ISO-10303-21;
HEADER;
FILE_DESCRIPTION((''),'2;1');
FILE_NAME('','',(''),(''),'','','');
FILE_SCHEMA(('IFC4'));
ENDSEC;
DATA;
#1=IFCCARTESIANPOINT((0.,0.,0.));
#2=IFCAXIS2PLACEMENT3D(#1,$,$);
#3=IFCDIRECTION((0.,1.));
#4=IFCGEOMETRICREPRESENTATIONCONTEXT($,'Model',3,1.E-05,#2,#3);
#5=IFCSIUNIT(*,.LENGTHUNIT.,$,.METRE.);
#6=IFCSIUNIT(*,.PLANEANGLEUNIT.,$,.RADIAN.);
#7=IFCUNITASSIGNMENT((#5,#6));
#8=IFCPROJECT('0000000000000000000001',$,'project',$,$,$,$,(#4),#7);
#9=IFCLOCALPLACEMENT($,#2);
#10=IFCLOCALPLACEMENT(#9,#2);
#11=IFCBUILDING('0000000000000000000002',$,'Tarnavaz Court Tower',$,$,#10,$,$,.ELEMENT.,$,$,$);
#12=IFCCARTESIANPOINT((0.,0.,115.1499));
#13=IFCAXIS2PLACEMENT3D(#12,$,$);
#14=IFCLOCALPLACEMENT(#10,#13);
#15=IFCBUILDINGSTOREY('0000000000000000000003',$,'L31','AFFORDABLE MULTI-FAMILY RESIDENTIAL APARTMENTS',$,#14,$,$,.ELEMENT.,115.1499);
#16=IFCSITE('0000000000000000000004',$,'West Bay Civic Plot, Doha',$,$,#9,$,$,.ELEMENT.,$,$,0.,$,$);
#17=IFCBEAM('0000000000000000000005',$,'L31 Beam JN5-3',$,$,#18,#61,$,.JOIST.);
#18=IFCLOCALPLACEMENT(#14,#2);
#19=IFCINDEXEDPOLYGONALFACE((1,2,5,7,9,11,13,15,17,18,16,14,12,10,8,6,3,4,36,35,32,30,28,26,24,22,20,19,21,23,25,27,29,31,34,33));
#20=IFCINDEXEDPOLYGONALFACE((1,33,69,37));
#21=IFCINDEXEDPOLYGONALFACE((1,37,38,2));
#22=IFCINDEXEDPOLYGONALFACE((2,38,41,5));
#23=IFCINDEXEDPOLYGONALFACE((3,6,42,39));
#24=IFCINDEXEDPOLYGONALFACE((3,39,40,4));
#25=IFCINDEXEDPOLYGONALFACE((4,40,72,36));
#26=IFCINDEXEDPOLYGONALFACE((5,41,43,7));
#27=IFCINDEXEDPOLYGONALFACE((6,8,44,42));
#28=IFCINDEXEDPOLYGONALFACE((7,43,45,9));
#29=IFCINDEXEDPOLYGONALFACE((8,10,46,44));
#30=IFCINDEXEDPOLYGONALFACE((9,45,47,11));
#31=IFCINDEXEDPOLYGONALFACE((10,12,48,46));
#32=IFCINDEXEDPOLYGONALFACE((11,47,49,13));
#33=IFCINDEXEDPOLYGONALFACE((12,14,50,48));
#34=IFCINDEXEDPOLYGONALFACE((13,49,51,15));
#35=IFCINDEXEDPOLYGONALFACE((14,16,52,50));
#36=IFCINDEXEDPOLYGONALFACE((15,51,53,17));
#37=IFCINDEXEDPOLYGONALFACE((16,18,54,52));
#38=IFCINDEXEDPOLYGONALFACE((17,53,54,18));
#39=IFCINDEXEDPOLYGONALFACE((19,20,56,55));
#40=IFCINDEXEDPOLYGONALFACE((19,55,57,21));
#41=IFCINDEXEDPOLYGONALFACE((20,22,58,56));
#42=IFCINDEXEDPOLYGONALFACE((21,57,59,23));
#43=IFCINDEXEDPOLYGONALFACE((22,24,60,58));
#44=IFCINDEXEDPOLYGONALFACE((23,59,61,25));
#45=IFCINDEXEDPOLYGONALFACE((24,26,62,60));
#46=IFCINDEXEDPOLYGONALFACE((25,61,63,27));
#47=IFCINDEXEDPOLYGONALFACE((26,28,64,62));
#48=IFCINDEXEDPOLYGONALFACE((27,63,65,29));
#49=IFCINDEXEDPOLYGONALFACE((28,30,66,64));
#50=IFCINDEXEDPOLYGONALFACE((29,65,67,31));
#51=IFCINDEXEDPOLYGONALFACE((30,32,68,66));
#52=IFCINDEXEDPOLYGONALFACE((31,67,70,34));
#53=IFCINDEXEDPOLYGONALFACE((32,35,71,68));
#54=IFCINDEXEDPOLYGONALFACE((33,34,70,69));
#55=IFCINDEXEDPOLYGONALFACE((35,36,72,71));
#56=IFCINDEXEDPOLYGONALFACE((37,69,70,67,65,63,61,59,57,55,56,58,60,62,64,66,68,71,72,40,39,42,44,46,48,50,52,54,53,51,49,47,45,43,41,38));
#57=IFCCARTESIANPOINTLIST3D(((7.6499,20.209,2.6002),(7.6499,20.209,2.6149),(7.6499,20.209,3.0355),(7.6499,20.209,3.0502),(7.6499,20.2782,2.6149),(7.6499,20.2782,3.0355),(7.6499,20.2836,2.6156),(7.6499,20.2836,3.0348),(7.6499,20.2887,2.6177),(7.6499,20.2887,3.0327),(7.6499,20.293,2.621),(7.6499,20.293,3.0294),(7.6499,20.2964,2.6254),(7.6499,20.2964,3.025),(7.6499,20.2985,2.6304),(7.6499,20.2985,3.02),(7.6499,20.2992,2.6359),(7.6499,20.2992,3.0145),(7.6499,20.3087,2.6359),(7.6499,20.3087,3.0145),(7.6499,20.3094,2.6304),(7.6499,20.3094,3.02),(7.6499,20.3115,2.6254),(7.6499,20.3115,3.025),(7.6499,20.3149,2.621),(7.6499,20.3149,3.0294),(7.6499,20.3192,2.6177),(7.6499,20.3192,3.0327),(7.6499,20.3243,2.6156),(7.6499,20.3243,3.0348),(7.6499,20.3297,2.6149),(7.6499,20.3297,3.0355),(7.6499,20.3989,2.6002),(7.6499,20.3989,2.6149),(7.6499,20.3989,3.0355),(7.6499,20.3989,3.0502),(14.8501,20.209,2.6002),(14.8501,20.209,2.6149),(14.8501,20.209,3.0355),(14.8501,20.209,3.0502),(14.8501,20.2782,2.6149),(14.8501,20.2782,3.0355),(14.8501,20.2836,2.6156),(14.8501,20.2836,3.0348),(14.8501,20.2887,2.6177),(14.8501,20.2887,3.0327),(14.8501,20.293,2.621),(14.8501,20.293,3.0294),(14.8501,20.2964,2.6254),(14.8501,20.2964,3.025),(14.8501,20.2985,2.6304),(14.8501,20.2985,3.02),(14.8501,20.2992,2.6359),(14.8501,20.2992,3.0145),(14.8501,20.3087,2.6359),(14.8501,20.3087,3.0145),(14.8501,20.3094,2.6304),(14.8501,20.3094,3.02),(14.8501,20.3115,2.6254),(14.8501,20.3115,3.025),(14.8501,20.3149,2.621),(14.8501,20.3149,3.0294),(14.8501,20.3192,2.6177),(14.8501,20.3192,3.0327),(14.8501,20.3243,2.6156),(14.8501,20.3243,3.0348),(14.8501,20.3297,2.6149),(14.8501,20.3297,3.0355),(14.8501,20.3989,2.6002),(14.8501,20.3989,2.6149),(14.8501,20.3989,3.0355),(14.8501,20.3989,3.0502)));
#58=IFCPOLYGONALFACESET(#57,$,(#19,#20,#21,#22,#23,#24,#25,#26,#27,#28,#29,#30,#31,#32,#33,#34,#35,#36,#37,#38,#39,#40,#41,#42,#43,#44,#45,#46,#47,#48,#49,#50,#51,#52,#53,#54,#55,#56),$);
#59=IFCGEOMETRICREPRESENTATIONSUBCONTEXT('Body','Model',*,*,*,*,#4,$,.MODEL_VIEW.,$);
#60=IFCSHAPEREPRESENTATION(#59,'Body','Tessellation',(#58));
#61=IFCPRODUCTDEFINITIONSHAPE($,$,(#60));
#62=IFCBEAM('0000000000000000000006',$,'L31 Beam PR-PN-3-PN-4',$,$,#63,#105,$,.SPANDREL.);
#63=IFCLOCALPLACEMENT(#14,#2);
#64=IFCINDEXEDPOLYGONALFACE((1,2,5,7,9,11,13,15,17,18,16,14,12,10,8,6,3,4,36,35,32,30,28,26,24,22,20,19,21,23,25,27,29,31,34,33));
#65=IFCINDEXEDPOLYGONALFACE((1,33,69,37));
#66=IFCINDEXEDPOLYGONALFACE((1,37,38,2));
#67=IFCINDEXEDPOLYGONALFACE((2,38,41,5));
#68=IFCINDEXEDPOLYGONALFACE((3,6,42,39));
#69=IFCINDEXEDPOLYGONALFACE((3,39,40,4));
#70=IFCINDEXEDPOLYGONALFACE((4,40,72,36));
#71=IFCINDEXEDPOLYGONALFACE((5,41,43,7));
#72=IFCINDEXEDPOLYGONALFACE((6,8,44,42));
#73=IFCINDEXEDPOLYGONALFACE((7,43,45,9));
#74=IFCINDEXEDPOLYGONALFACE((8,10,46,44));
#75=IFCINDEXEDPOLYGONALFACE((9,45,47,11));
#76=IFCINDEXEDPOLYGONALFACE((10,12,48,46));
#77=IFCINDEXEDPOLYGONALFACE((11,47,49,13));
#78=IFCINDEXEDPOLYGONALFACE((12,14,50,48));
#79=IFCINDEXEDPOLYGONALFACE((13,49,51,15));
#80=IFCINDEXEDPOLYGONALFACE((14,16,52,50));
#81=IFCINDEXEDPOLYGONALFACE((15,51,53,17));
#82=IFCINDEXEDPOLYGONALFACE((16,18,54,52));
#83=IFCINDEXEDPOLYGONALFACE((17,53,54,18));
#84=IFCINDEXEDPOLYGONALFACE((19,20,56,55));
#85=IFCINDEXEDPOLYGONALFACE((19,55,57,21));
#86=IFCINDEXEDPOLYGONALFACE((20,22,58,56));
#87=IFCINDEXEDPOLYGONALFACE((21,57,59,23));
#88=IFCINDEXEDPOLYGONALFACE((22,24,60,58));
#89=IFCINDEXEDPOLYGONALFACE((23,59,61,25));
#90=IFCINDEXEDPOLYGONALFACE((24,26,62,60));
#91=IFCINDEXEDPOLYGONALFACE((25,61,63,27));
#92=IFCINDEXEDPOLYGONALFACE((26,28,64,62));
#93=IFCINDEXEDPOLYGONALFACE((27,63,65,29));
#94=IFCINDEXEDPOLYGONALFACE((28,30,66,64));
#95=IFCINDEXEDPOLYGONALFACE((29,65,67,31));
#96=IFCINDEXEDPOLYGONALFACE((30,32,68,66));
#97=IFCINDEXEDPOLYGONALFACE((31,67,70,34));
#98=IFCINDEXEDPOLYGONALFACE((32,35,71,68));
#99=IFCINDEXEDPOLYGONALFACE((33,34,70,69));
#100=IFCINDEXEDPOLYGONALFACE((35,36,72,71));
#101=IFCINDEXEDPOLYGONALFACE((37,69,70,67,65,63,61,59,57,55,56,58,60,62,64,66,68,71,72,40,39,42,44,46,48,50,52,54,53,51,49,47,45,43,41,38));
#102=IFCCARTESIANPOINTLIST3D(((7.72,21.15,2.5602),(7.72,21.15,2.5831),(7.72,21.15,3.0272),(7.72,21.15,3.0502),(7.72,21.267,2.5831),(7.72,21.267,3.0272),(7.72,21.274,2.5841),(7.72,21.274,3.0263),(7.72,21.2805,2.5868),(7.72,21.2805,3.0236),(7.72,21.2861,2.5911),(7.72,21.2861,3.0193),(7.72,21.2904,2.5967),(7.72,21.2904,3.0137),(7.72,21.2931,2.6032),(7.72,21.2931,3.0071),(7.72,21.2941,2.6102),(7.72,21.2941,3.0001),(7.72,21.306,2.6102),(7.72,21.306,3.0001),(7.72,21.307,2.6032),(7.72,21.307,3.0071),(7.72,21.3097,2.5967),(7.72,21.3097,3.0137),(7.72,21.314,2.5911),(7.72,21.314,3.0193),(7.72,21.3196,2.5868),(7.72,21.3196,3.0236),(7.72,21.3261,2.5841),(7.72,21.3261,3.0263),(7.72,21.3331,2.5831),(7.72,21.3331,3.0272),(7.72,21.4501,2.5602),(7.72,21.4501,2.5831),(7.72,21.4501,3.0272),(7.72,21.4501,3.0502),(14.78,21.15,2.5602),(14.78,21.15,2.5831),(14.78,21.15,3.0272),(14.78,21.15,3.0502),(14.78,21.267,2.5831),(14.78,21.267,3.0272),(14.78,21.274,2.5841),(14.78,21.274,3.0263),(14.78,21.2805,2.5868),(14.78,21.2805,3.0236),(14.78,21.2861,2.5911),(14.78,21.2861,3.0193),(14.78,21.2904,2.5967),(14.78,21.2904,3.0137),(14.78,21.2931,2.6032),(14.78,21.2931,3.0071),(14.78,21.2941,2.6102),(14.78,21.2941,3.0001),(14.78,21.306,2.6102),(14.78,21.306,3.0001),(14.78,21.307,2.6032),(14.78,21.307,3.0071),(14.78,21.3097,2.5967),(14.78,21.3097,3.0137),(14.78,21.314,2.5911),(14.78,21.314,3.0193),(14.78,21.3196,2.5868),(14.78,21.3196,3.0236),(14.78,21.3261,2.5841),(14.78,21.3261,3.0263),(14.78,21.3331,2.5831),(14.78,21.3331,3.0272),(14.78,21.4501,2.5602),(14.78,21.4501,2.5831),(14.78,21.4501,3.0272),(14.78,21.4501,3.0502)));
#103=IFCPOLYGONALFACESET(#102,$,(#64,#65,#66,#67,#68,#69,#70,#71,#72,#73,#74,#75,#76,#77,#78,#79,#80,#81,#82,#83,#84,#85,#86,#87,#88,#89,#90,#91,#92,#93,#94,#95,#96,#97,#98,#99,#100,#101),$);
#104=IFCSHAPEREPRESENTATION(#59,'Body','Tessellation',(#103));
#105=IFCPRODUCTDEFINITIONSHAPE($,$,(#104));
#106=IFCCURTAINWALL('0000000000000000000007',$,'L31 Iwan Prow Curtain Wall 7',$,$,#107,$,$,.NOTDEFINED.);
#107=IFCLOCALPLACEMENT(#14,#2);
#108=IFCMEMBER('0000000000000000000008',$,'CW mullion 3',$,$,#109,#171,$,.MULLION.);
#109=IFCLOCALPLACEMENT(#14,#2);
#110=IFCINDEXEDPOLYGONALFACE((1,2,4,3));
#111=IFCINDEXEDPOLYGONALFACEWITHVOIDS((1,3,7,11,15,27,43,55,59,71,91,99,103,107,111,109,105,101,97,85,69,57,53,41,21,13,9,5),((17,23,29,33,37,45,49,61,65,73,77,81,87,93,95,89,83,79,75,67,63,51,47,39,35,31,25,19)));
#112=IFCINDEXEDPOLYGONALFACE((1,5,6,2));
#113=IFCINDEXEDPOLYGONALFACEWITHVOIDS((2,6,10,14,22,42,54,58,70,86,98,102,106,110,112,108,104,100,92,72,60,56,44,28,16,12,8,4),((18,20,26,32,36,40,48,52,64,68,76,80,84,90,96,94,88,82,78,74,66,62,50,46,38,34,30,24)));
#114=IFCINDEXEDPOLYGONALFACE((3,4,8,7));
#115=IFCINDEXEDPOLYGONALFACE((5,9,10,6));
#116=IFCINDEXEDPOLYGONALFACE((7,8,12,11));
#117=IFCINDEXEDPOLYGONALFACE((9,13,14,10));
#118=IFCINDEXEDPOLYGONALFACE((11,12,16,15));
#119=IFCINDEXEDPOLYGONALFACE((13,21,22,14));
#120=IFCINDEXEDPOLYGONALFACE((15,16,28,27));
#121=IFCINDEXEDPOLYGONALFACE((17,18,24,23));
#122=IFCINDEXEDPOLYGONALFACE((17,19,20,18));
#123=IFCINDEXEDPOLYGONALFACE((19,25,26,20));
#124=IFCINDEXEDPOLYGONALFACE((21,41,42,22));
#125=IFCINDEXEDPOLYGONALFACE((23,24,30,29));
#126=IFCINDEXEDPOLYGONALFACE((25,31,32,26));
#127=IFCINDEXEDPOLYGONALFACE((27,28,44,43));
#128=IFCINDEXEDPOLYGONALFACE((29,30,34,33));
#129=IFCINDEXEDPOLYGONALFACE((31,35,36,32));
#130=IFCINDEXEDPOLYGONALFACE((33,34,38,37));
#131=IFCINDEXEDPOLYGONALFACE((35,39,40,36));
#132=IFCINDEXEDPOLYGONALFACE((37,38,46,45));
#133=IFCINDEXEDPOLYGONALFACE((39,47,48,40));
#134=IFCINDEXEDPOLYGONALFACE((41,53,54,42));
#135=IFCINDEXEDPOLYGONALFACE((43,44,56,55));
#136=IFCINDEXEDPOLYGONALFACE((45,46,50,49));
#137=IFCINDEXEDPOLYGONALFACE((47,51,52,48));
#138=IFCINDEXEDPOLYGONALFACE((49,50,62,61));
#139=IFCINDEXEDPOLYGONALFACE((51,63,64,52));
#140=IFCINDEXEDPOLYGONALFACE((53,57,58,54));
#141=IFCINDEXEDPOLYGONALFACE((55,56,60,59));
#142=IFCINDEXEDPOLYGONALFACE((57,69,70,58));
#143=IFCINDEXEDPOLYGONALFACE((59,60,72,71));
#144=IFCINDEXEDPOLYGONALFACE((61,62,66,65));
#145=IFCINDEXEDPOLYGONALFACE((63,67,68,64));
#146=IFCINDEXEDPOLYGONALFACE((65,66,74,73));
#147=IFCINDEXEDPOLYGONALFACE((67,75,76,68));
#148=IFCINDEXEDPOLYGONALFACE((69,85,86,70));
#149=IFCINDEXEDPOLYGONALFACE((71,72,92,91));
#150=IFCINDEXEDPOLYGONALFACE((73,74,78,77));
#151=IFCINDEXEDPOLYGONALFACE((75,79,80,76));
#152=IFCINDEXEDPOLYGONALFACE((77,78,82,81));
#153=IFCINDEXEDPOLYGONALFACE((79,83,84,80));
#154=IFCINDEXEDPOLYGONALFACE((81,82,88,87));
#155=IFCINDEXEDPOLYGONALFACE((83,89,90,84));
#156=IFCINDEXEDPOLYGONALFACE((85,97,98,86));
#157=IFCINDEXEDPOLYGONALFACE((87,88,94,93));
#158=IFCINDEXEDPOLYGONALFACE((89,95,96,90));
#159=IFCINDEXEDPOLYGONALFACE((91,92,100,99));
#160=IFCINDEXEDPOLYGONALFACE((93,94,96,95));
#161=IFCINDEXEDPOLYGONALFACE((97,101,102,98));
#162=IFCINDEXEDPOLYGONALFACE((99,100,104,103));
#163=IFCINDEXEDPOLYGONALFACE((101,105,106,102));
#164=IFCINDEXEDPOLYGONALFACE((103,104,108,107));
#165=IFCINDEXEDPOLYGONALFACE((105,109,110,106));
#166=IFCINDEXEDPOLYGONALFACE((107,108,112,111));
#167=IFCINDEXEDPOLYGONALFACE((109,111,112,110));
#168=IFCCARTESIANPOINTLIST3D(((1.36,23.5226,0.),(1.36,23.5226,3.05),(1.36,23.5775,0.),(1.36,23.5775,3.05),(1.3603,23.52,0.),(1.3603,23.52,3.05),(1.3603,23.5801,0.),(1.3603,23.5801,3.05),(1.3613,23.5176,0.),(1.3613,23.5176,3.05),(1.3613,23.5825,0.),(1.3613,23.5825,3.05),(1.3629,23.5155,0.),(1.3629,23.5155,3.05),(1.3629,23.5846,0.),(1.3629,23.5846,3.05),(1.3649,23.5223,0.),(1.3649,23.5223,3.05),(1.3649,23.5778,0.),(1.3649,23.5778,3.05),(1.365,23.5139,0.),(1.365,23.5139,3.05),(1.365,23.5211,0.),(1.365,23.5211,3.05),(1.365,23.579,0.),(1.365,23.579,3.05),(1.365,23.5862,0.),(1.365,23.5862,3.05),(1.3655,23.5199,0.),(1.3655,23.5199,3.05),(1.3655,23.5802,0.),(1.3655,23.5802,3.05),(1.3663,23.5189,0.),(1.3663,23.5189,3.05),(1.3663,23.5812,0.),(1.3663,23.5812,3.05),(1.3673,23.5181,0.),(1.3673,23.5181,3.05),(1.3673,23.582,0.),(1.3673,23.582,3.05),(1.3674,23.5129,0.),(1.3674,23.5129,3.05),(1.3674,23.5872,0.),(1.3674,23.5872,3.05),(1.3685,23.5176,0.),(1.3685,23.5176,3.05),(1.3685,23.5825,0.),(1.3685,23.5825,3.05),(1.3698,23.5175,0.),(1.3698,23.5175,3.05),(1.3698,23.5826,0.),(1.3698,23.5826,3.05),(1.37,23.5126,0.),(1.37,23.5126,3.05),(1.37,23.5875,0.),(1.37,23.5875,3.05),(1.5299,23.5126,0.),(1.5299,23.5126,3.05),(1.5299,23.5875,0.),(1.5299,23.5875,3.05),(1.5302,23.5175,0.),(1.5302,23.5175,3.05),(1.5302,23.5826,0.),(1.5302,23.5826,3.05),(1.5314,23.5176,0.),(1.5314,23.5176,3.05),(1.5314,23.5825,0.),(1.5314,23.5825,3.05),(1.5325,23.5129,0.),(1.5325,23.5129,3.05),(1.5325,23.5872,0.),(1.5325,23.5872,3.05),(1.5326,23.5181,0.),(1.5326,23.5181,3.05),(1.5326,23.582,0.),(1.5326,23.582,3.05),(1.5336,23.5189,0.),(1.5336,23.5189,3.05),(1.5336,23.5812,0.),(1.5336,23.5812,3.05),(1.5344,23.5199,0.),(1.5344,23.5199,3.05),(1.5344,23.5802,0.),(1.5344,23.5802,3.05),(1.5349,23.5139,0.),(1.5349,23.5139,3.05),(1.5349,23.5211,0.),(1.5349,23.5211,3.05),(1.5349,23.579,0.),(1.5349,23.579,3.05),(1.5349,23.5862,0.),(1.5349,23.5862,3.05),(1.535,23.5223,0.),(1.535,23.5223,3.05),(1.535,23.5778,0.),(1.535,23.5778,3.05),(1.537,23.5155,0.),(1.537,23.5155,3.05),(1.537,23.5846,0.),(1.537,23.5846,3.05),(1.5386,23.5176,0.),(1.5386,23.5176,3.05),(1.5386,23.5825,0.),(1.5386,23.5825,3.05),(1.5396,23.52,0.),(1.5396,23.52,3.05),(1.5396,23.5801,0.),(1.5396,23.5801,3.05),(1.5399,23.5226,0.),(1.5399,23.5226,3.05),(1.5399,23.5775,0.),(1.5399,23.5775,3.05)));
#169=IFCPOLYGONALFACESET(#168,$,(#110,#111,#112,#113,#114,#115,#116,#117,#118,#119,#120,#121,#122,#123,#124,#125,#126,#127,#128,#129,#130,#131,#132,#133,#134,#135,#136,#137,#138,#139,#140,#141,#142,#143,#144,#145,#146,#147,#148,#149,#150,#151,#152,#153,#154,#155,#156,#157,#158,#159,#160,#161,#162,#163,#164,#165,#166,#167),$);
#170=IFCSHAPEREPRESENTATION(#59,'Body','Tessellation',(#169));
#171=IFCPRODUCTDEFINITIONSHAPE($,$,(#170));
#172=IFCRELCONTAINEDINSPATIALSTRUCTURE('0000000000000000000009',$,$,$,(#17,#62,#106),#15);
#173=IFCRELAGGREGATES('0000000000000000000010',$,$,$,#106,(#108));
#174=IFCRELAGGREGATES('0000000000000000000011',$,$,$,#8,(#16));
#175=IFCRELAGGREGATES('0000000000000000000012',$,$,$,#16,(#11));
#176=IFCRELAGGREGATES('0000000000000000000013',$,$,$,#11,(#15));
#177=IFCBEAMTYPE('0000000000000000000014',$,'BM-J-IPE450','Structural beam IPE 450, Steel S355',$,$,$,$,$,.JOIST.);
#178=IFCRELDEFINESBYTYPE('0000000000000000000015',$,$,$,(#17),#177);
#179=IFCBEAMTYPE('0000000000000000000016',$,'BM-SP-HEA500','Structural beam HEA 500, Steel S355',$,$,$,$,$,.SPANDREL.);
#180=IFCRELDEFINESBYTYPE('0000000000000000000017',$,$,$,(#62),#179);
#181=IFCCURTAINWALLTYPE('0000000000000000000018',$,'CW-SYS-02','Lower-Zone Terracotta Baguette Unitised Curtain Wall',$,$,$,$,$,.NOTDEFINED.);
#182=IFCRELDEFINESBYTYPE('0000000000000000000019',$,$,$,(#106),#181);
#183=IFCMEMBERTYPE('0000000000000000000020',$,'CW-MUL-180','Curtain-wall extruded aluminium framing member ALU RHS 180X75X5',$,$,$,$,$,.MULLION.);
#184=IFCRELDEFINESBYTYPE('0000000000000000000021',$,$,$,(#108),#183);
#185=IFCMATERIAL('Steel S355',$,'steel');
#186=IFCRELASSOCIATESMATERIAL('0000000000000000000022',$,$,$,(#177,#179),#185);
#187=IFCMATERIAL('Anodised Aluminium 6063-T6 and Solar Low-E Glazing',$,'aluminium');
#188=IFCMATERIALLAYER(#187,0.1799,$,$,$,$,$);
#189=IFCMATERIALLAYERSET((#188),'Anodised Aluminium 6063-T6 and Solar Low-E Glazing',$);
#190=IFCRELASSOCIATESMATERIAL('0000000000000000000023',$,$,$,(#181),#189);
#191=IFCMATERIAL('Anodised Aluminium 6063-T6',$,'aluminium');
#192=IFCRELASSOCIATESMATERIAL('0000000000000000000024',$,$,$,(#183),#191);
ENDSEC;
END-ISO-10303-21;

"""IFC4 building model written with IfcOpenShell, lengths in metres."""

from ifc_helpers import new_model, si_unit, direction, frame, origin, origin_2d, place, context, subcontext, project, spatial, hollow_rectangle, i_section, extrude, material, layer, layer_set, material_profile, profile_set, type_object, element, aggregate, save


model = new_model("IFC4")

# Units and contexts
model_context = context("Model", 3, precision=1e-05, world=origin(), true_north=direction((0.0, 1.0)))
body_context = subcontext(model_context, "Body", "Model", "MODEL_VIEW")
ifc_project = project(units=[si_unit("LENGTHUNIT", "METRE"), si_unit("PLANEANGLEUNIT", "RADIAN")], contexts=[model_context])

# Site, building, storey
site_placement = place(None, origin())
site = spatial("IfcSite", under=ifc_project, at=site_placement, Name="West Bay Civic Plot, Doha", CompositionType="ELEMENT", RefElevation=0.0)
building_placement = place(site_placement, origin())
building = spatial("IfcBuilding", under=site, at=building_placement, Name="Tarnavaz Court Tower", CompositionType="ELEMENT")
storey_placement = place(building_placement, frame((0.0, 0.0, 115.1499)))
storey = spatial("IfcBuildingStorey", under=building, at=storey_placement, Name="L31", Description="AFFORDABLE MULTI-FAMILY RESIDENTIAL APARTMENTS", CompositionType="ELEMENT", Elevation=115.1499)

# Beams
ifc_material_1 = material(Name="Steel S355", Category="steel")
ifc_material_profile_1 = material_profile(ifc_material_1, i_section(OverallWidth=0.1899, OverallDepth=0.45, WebThickness=0.0095, FlangeThickness=0.0146, FilletRadius=0.021, at=origin_2d()), Name="IPE 450")
ifc_profile_set_1 = profile_set([ifc_material_profile_1], Name="Steel S355")
beam_type_1 = type_object("IfcBeamType", Name="BM-J-IPE450", Description="Structural beam IPE 450, Steel S355", PredefinedType="JOIST", material=ifc_profile_set_1)
for number, where, z_axis, x_axis, name in (
    (1, (7.6499, 20.304, 2.8252), (1.0, 0.0, 0.0), (0.0, 1.0, 0.0), "L31 Beam JN5-3"),
):
    element("IfcBeam", number, at=place(storey_placement, frame(where, z_axis=z_axis, x_axis=x_axis)), inside=storey, type_object=beam_type_1, Name=name, PredefinedType="JOIST", context=body_context, shape_type="SweptSolid", body=[
        extrude(i_section(OverallWidth=0.1899, OverallDepth=0.45, WebThickness=0.0095, FlangeThickness=0.0146, FilletRadius=0.021, at=origin_2d()), origin(), (0.0, 0.0, 1.0), 7.2002),
    ])
ifc_material_profile_2 = material_profile(ifc_material_1, i_section(OverallWidth=0.3, OverallDepth=0.49, WebThickness=0.012, FlangeThickness=0.0229, FilletRadius=0.0271, at=origin_2d()), Name="HEA 500")
ifc_profile_set_2 = profile_set([ifc_material_profile_2], Name="Steel S355")
beam_type_2 = type_object("IfcBeamType", Name="BM-SP-HEA500", Description="Structural beam HEA 500, Steel S355", PredefinedType="SPANDREL", material=ifc_profile_set_2)
beam_placement = place(storey_placement, frame((7.72, 21.3, 2.8052), z_axis=(1.0, 0.0, 0.0), x_axis=(0.0, 1.0, 0.0)))
element("IfcBeam", 2, at=beam_placement, inside=storey, type_object=beam_type_2, Name="L31 Beam PR-PN-3-PN-4", PredefinedType="SPANDREL", context=body_context, shape_type="SweptSolid", body=[
    extrude(i_section(OverallWidth=0.3, OverallDepth=0.49, WebThickness=0.012, FlangeThickness=0.0229, FilletRadius=0.0271, at=origin_2d()), origin(), (0.0, 0.0, 1.0), 7.0601),
])

# Curtain wall, member
ifc_material_2 = material(Name="Anodised Aluminium 6063-T6 and Solar Low-E Glazing", Category="aluminium")
ifc_layer_1 = layer(ifc_material_2, 0.1799)
ifc_layer_set_1 = layer_set([ifc_layer_1], Name="Anodised Aluminium 6063-T6 and Solar Low-E Glazing")
curtain_wall_type = type_object("IfcCurtainWallType", Name="CW-SYS-02", Description="Lower-Zone Terracotta Baguette Unitised Curtain Wall", PredefinedType="NOTDEFINED", material=ifc_layer_set_1)
curtain_wall_placement = place(storey_placement, origin())
curtain_wall = element("IfcCurtainWall", 3, at=curtain_wall_placement, inside=storey, type_object=curtain_wall_type, Name="L31 Iwan Prow Curtain Wall 7", PredefinedType="NOTDEFINED")
ifc_material_3 = material(Name="Anodised Aluminium 6063-T6", Category="aluminium")
ifc_material_profile_3 = material_profile(ifc_material_3, hollow_rectangle(XDim=0.075, YDim=0.1799, WallThickness=0.0049, InnerFilletRadius=0.0049, OuterFilletRadius=0.01, at=origin_2d()), Name="ALU RHS 180X75X5")
ifc_profile_set_3 = profile_set([ifc_material_profile_3], Name="Anodised Aluminium 6063-T6")
member_type_1 = type_object("IfcMemberType", Name="CW-MUL-180", Description="Curtain-wall extruded aluminium framing member ALU RHS 180X75X5", PredefinedType="MULLION", material=ifc_profile_set_3)
member_1_placement = place(storey_placement, frame((1.45, 23.55, 0.0), z_axis=(0.0, 0.0, 1.0), x_axis=(0.0, 1.0, 0.0)))
member_1 = element("IfcMember", 4, at=member_1_placement, type_object=member_type_1, Name="CW mullion 3", PredefinedType="MULLION", context=body_context, shape_type="SweptSolid", body=[
    extrude(hollow_rectangle(XDim=0.075, YDim=0.1799, WallThickness=0.0049, InnerFilletRadius=0.0049, OuterFilletRadius=0.01, at=origin_2d()), origin(), (0.0, 0.0, 1.0), 3.05),
])
aggregate(curtain_wall, [member_1])

save(model, "model.ifc")
